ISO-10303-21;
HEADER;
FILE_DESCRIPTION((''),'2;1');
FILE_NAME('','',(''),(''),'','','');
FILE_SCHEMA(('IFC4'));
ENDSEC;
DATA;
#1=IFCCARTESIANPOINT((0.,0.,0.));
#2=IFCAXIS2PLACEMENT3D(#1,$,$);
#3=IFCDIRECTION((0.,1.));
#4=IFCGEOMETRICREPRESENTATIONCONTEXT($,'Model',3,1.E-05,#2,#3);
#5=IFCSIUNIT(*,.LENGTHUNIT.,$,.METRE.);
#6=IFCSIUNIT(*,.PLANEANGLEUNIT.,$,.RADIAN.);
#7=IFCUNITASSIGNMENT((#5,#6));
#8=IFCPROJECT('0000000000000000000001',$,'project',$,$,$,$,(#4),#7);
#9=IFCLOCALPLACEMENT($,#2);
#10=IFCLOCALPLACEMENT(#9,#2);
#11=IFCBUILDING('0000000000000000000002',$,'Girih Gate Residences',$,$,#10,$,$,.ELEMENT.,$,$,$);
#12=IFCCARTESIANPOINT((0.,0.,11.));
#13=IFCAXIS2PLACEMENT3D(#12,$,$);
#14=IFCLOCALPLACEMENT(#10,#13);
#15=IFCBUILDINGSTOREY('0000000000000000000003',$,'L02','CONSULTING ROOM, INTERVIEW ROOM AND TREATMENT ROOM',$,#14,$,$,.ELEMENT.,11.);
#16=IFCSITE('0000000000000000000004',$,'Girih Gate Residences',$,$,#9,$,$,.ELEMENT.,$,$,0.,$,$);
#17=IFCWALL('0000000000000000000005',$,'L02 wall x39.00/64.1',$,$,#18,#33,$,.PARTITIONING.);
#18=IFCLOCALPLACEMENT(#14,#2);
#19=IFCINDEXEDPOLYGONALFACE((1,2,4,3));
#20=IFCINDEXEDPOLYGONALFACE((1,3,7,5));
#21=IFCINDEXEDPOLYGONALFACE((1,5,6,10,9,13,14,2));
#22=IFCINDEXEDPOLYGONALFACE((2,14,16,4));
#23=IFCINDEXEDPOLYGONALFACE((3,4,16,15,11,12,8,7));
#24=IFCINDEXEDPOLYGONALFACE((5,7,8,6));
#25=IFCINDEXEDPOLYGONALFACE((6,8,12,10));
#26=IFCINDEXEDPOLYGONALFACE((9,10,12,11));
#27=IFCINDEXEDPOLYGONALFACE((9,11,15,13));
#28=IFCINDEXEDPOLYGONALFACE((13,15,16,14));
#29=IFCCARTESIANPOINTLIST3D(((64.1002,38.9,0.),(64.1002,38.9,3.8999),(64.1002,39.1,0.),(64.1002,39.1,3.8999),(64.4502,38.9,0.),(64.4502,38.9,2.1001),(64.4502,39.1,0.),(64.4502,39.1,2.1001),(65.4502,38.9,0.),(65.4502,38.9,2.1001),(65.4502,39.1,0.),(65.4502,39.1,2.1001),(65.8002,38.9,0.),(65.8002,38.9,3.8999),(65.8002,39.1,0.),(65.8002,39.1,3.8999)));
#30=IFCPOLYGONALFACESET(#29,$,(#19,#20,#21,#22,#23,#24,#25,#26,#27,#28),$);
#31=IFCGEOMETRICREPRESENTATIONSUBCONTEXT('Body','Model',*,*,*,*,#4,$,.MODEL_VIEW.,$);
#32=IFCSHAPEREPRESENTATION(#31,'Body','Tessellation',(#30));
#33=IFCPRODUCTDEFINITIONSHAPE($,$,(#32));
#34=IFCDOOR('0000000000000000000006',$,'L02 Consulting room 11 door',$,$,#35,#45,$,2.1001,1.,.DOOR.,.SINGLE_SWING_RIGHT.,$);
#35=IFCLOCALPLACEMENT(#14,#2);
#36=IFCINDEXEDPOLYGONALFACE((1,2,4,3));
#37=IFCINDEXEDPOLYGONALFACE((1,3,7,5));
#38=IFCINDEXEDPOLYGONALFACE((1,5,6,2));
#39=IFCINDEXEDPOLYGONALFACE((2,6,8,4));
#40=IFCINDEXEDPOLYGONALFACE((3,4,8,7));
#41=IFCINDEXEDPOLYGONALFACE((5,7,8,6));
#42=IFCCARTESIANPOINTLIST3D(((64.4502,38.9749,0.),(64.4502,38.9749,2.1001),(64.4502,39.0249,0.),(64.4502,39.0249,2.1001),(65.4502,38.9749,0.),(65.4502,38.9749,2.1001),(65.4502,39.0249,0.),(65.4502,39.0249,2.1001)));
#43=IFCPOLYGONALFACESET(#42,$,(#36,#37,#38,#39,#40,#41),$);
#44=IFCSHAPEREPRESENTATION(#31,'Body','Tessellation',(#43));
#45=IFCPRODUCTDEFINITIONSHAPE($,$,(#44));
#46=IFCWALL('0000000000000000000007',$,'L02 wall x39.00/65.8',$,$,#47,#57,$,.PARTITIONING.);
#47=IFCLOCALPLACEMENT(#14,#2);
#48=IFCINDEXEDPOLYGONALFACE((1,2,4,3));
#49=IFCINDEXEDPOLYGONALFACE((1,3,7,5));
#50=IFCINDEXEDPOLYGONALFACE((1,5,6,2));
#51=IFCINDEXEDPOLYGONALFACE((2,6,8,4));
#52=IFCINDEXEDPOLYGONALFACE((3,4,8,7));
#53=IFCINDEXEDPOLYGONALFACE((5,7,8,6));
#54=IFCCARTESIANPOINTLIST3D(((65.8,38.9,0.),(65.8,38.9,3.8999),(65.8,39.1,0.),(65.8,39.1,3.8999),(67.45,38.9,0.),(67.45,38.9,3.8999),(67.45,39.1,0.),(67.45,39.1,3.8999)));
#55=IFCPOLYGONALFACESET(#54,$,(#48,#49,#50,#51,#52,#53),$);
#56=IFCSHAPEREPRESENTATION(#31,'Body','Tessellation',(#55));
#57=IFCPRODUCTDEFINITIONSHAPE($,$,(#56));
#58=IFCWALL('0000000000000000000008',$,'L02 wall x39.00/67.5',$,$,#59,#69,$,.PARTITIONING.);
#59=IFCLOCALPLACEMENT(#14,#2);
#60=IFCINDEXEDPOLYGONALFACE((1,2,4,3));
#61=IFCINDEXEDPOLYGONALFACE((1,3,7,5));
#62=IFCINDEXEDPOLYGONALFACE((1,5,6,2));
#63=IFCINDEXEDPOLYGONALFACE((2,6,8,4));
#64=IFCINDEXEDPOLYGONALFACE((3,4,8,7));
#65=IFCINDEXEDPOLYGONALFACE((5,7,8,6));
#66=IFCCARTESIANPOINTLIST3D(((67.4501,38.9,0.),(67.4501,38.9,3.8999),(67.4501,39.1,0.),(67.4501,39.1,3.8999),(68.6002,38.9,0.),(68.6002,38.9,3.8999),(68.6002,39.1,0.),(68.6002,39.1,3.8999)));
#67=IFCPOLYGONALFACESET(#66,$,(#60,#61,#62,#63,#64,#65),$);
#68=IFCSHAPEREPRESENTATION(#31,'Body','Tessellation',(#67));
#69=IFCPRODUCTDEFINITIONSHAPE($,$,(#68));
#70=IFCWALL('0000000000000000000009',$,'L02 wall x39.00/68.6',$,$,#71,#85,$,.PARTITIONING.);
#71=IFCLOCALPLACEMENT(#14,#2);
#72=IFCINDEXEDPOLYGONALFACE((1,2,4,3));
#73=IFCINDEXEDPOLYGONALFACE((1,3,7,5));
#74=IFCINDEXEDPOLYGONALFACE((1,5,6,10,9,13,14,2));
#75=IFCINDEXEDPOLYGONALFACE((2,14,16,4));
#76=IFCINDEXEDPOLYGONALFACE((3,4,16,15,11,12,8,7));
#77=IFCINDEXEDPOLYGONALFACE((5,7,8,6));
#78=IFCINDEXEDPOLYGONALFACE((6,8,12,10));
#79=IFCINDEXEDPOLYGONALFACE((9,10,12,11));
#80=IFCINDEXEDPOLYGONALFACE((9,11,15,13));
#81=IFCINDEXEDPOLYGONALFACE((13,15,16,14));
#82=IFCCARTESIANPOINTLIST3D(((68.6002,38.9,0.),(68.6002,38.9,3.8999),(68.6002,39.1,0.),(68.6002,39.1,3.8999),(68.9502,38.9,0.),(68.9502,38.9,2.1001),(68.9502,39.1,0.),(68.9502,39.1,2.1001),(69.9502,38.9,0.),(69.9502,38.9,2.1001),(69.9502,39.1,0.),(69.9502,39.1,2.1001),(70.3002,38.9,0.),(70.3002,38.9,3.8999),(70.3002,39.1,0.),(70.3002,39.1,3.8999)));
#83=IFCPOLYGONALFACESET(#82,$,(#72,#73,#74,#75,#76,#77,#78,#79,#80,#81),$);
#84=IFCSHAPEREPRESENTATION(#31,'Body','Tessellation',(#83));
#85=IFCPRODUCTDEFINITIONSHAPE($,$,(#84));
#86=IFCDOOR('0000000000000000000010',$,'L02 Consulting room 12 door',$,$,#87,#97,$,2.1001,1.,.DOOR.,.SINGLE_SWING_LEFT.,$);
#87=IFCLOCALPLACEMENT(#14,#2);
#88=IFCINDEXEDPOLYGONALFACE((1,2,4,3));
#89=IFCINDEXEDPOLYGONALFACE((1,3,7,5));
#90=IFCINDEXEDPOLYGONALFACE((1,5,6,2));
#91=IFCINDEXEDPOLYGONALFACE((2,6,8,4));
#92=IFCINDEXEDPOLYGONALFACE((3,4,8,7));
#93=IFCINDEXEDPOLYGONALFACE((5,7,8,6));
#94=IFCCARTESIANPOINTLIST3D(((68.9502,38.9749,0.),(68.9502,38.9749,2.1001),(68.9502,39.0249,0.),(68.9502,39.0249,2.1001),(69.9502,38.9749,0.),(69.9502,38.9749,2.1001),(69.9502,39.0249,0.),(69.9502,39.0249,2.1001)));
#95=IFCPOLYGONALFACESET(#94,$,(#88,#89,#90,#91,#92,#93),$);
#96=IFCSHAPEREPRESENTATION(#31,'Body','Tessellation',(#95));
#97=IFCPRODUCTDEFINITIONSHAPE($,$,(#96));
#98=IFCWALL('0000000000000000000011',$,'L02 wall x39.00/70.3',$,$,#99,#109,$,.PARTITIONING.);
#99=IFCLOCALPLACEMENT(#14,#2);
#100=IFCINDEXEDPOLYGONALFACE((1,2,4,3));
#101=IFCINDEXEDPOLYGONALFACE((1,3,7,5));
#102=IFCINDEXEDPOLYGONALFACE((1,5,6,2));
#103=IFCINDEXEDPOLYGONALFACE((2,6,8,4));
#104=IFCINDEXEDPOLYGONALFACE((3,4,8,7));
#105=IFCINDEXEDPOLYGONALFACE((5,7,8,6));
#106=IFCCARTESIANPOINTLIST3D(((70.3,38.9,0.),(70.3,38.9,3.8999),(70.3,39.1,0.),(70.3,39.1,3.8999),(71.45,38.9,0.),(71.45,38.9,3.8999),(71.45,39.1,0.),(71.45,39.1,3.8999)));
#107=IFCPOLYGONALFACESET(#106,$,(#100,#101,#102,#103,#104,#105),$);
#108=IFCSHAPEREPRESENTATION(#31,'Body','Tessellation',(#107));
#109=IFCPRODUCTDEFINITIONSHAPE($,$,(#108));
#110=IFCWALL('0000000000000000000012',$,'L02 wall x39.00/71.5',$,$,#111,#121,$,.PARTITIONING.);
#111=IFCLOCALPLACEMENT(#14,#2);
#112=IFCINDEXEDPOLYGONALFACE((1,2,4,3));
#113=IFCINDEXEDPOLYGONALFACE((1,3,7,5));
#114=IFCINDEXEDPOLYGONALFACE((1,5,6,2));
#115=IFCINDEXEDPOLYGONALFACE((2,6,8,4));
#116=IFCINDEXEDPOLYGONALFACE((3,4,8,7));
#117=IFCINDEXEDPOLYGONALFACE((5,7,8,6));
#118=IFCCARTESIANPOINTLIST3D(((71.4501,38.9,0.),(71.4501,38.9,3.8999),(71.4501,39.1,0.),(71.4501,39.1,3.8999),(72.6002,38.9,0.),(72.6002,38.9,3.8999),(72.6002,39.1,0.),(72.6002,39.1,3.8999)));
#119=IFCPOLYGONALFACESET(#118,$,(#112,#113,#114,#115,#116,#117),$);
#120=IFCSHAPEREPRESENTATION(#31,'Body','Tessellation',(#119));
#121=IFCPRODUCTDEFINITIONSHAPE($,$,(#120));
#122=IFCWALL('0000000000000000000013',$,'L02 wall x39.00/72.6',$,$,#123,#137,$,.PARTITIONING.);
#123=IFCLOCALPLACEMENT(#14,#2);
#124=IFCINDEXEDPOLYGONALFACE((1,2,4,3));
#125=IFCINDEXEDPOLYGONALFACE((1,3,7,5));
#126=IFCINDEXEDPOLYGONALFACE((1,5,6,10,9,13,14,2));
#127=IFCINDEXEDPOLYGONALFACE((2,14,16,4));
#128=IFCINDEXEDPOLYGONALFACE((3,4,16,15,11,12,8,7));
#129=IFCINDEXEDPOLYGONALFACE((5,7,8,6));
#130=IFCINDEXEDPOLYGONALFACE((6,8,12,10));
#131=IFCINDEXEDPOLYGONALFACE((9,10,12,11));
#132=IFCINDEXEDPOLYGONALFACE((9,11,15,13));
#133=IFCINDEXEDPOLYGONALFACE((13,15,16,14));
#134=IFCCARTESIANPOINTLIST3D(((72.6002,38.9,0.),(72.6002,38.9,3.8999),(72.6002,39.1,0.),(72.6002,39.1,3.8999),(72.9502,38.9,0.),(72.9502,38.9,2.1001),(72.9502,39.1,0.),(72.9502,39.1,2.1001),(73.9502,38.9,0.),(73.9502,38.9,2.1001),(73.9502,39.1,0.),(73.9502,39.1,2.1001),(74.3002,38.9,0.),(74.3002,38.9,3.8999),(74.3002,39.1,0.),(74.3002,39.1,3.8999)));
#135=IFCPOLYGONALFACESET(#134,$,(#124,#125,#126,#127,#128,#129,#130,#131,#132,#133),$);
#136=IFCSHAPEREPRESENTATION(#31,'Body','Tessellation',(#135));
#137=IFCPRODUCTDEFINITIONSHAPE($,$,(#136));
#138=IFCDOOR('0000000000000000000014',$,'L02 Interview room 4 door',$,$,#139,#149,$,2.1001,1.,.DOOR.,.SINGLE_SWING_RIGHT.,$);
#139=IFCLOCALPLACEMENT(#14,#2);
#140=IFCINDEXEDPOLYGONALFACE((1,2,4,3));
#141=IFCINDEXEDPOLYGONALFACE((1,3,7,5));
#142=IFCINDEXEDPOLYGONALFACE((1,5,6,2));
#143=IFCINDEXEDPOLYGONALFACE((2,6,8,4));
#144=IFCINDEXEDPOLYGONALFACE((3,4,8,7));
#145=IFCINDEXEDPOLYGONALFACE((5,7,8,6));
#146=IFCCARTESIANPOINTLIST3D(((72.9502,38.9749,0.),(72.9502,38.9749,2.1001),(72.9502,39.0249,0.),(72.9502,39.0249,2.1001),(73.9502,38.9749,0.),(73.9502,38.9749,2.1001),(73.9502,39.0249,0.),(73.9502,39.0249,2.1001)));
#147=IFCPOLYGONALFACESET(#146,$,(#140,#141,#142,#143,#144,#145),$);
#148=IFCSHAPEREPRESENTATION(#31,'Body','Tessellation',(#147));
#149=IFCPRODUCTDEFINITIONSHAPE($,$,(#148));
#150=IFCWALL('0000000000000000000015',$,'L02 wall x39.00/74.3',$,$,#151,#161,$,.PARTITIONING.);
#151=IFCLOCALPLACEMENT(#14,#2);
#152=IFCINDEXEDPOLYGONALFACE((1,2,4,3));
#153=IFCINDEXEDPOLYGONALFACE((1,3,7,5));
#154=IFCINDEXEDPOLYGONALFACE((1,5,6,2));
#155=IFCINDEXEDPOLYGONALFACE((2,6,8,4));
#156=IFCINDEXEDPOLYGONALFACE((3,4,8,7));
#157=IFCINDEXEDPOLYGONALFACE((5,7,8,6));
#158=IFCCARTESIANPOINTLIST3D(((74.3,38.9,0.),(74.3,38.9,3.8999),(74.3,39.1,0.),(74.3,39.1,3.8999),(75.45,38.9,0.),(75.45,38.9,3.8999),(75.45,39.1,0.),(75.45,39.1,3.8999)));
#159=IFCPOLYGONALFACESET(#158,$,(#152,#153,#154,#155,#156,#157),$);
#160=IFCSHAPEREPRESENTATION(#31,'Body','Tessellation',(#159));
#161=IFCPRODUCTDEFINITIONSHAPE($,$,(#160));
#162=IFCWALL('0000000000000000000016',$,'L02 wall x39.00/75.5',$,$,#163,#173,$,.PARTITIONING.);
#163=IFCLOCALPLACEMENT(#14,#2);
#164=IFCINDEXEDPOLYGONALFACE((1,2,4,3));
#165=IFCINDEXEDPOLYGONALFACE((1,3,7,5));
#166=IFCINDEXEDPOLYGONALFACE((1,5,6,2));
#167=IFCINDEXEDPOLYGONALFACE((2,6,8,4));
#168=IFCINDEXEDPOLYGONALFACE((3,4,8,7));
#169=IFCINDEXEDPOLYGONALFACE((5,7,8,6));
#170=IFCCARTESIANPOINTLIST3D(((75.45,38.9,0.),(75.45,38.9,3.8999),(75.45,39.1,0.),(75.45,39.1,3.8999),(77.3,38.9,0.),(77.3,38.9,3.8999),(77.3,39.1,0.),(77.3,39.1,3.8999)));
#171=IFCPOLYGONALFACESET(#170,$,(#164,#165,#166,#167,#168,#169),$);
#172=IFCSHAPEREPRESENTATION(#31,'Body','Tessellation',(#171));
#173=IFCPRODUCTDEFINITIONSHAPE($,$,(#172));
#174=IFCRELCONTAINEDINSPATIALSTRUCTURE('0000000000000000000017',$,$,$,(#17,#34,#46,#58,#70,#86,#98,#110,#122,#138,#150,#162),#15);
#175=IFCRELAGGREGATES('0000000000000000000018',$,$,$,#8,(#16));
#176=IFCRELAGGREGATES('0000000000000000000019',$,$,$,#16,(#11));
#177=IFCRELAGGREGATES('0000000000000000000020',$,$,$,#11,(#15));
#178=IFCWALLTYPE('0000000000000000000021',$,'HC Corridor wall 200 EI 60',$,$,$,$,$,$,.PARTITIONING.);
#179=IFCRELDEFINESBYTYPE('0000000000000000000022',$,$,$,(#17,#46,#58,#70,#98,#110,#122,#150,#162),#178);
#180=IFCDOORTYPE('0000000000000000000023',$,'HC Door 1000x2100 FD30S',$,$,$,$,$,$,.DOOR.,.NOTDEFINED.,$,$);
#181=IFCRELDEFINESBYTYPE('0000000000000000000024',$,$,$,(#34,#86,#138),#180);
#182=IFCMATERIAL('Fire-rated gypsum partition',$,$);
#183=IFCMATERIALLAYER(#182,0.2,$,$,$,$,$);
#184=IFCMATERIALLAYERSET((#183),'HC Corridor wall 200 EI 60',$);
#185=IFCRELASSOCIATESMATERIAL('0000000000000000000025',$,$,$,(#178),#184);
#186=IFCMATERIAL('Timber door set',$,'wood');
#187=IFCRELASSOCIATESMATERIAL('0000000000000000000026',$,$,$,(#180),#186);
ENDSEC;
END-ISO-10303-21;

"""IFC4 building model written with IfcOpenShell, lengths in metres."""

from ifc_helpers import new_model, si_unit, direction, frame, frame_2d, origin, place, context, subcontext, project, spatial, rectangle, extrude, material, layer, layer_set, type_object, element, fill, save


model = new_model("IFC4")

# Units and contexts
model_context = context("Model", 3, precision=1e-05, world=origin(), true_north=direction((0.0, 1.0)))
body_context = subcontext(model_context, "Body", "Model", "MODEL_VIEW")
ifc_project = project(units=[si_unit("LENGTHUNIT", "METRE"), si_unit("PLANEANGLEUNIT", "RADIAN")], contexts=[model_context])

# Site, building, storey
site_placement = place(None, origin())
site = spatial("IfcSite", under=ifc_project, at=site_placement, Name="Girih Gate Residences", CompositionType="ELEMENT", RefElevation=0.0)
building_placement = place(site_placement, origin())
building = spatial("IfcBuilding", under=site, at=building_placement, Name="Girih Gate Residences", CompositionType="ELEMENT")
storey_placement = place(building_placement, frame((0.0, 0.0, 11.0)))
storey = spatial("IfcBuildingStorey", under=building, at=storey_placement, Name="L02", Description="CONSULTING ROOM, INTERVIEW ROOM AND TREATMENT ROOM", CompositionType="ELEMENT", Elevation=11.0)

# Shared definitions
ifc_material_1 = material(Name="Fire-rated gypsum partition")
ifc_layer_1 = layer(ifc_material_1, 0.2)
ifc_layer_set_1 = layer_set([ifc_layer_1], Name="HC Corridor wall 200 EI 60")
wall_type_1 = type_object("IfcWallType", Name="HC Corridor wall 200 EI 60", PredefinedType="PARTITIONING", material=ifc_layer_set_1)

# Shared definitions
ifc_material_2 = material(Name="Timber door set", Category="wood")
door_type_1 = type_object("IfcDoorType", Name="HC Door 1000x2100 FD30S", OperationType="NOTDEFINED", PredefinedType="DOOR", material=ifc_material_2)

# Wall, opening, door
wall_1_placement = place(storey_placement, frame((64.1001, 39.0, 0.0), z_axis=(0.0, 0.0, 1.0), x_axis=(1.0, 0.0, 0.0)))
wall_1 = element("IfcWall", 1, at=wall_1_placement, inside=storey, type_object=wall_type_1, Name="L02 wall x39.00/64.1", PredefinedType="PARTITIONING", context=body_context, shape_type="SweptSolid", body=[
    extrude(rectangle(XDim=1.7, YDim=0.2, at=frame_2d((0.8501, 0.0))), origin(), (0.0, 0.0, 1.0), 3.8999),
])
opening_1_placement = place(wall_1_placement, frame((0.3501, 0.0, 0.0)))
opening_1 = element("IfcOpeningElement", 2, at=opening_1_placement, cuts=wall_1, PredefinedType="OPENING", context=body_context, shape_type="SweptSolid", body=[
    extrude(rectangle(XDim=1.0, YDim=2.1001, at=frame_2d((0.5, 1.05))), frame((0.0, 0.1099, 0.0), z_axis=(0.0, -1.0, 0.0), x_axis=(1.0, 0.0, 0.0)), (0.0, 0.0, 1.0), 0.22),
])
door_1_placement = place(opening_1_placement, origin())
door_1 = element("IfcDoor", 3, at=door_1_placement, inside=storey, type_object=door_type_1, Name="L02 Consulting room 11 door", OperationType="SINGLE_SWING_RIGHT", OverallHeight=2.1001, OverallWidth=1.0, PredefinedType="DOOR", context=body_context, shape_type="SweptSolid", body=[
    extrude(rectangle(XDim=1.0, YDim=2.1001, at=frame_2d((0.5, 1.05))), frame((0.0, 0.0249, 0.0), z_axis=(0.0, -1.0, 0.0), x_axis=(1.0, 0.0, 0.0)), (0.0, 0.0, 1.0), 0.05),
])
fill(opening_1, door_1)

# Walls
wall_2_placement = place(storey_placement, frame((65.8, 39.0, 0.0), z_axis=(0.0, 0.0, 1.0), x_axis=(1.0, 0.0, 0.0)))
element("IfcWall", 4, at=wall_2_placement, inside=storey, type_object=wall_type_1, Name="L02 wall x39.00/65.8", PredefinedType="PARTITIONING", context=body_context, shape_type="SweptSolid", body=[
    extrude(rectangle(XDim=1.6499, YDim=0.2, at=frame_2d((0.825, 0.0))), origin(), (0.0, 0.0, 1.0), 3.8999),
])
wall_3_placement = place(storey_placement, frame((67.45, 39.0, 0.0), z_axis=(0.0, 0.0, 1.0), x_axis=(1.0, 0.0, 0.0)))
element("IfcWall", 5, at=wall_3_placement, inside=storey, type_object=wall_type_1, Name="L02 wall x39.00/67.5", PredefinedType="PARTITIONING", context=body_context, shape_type="SweptSolid", body=[
    extrude(rectangle(XDim=1.1501, YDim=0.2, at=frame_2d((0.5752, 0.0))), origin(), (0.0, 0.0, 1.0), 3.8999),
])

# Wall, opening, door
wall_4_placement = place(storey_placement, frame((68.6001, 39.0, 0.0), z_axis=(0.0, 0.0, 1.0), x_axis=(1.0, 0.0, 0.0)))
wall_4 = element("IfcWall", 6, at=wall_4_placement, inside=storey, type_object=wall_type_1, Name="L02 wall x39.00/68.6", PredefinedType="PARTITIONING", context=body_context, shape_type="SweptSolid", body=[
    extrude(rectangle(XDim=1.7, YDim=0.2, at=frame_2d((0.8501, 0.0))), origin(), (0.0, 0.0, 1.0), 3.8999),
])
opening_2_placement = place(wall_4_placement, frame((0.3501, 0.0, 0.0)))
opening_2 = element("IfcOpeningElement", 7, at=opening_2_placement, cuts=wall_4, PredefinedType="OPENING", context=body_context, shape_type="SweptSolid", body=[
    extrude(rectangle(XDim=1.0, YDim=2.1001, at=frame_2d((0.5, 1.05))), frame((0.0, 0.1099, 0.0), z_axis=(0.0, -1.0, 0.0), x_axis=(1.0, 0.0, 0.0)), (0.0, 0.0, 1.0), 0.22),
])
door_2_placement = place(opening_2_placement, origin())
door_2 = element("IfcDoor", 8, at=door_2_placement, inside=storey, type_object=door_type_1, Name="L02 Consulting room 12 door", OperationType="SINGLE_SWING_LEFT", OverallHeight=2.1001, OverallWidth=1.0, PredefinedType="DOOR", context=body_context, shape_type="SweptSolid", body=[
    extrude(rectangle(XDim=1.0, YDim=2.1001, at=frame_2d((0.5, 1.05))), frame((0.0, 0.0249, 0.0), z_axis=(0.0, -1.0, 0.0), x_axis=(1.0, 0.0, 0.0)), (0.0, 0.0, 1.0), 0.05),
])
fill(opening_2, door_2)

# Walls
wall_5_placement = place(storey_placement, frame((70.3, 39.0, 0.0), z_axis=(0.0, 0.0, 1.0), x_axis=(1.0, 0.0, 0.0)))
element("IfcWall", 9, at=wall_5_placement, inside=storey, type_object=wall_type_1, Name="L02 wall x39.00/70.3", PredefinedType="PARTITIONING", context=body_context, shape_type="SweptSolid", body=[
    extrude(rectangle(XDim=1.1499, YDim=0.2, at=frame_2d((0.575, 0.0))), origin(), (0.0, 0.0, 1.0), 3.8999),
])
wall_6_placement = place(storey_placement, frame((71.45, 39.0, 0.0), z_axis=(0.0, 0.0, 1.0), x_axis=(1.0, 0.0, 0.0)))
element("IfcWall", 10, at=wall_6_placement, inside=storey, type_object=wall_type_1, Name="L02 wall x39.00/71.5", PredefinedType="PARTITIONING", context=body_context, shape_type="SweptSolid", body=[
    extrude(rectangle(XDim=1.1501, YDim=0.2, at=frame_2d((0.5752, 0.0))), origin(), (0.0, 0.0, 1.0), 3.8999),
])

# Wall, opening, door
wall_7_placement = place(storey_placement, frame((72.6001, 39.0, 0.0), z_axis=(0.0, 0.0, 1.0), x_axis=(1.0, 0.0, 0.0)))
wall_7 = element("IfcWall", 11, at=wall_7_placement, inside=storey, type_object=wall_type_1, Name="L02 wall x39.00/72.6", PredefinedType="PARTITIONING", context=body_context, shape_type="SweptSolid", body=[
    extrude(rectangle(XDim=1.7, YDim=0.2, at=frame_2d((0.8501, 0.0))), origin(), (0.0, 0.0, 1.0), 3.8999),
])
opening_3_placement = place(wall_7_placement, frame((0.3501, 0.0, 0.0)))
opening_3 = element("IfcOpeningElement", 12, at=opening_3_placement, cuts=wall_7, PredefinedType="OPENING", context=body_context, shape_type="SweptSolid", body=[
    extrude(rectangle(XDim=1.0, YDim=2.1001, at=frame_2d((0.5, 1.05))), frame((0.0, 0.1099, 0.0), z_axis=(0.0, -1.0, 0.0), x_axis=(1.0, 0.0, 0.0)), (0.0, 0.0, 1.0), 0.22),
])
door_3_placement = place(opening_3_placement, origin())
door_3 = element("IfcDoor", 13, at=door_3_placement, inside=storey, type_object=door_type_1, Name="L02 Interview room 4 door", OperationType="SINGLE_SWING_RIGHT", OverallHeight=2.1001, OverallWidth=1.0, PredefinedType="DOOR", context=body_context, shape_type="SweptSolid", body=[
    extrude(rectangle(XDim=1.0, YDim=2.1001, at=frame_2d((0.5, 1.05))), frame((0.0, 0.0249, 0.0), z_axis=(0.0, -1.0, 0.0), x_axis=(1.0, 0.0, 0.0)), (0.0, 0.0, 1.0), 0.05),
])
fill(opening_3, door_3)

# Walls
wall_8_placement = place(storey_placement, frame((74.3, 39.0, 0.0), z_axis=(0.0, 0.0, 1.0), x_axis=(1.0, 0.0, 0.0)))
element("IfcWall", 14, at=wall_8_placement, inside=storey, type_object=wall_type_1, Name="L02 wall x39.00/74.3", PredefinedType="PARTITIONING", context=body_context, shape_type="SweptSolid", body=[
    extrude(rectangle(XDim=1.1499, YDim=0.2, at=frame_2d((0.575, 0.0))), origin(), (0.0, 0.0, 1.0), 3.8999),
])
wall_9_placement = place(storey_placement, frame((75.45, 39.0, 0.0), z_axis=(0.0, 0.0, 1.0), x_axis=(1.0, 0.0, 0.0)))
element("IfcWall", 15, at=wall_9_placement, inside=storey, type_object=wall_type_1, Name="L02 wall x39.00/75.5", PredefinedType="PARTITIONING", context=body_context, shape_type="SweptSolid", body=[
    extrude(rectangle(XDim=1.8501, YDim=0.2, at=frame_2d((0.925, 0.0))), origin(), (0.0, 0.0, 1.0), 3.8999),
])

save(model, "model.ifc")
